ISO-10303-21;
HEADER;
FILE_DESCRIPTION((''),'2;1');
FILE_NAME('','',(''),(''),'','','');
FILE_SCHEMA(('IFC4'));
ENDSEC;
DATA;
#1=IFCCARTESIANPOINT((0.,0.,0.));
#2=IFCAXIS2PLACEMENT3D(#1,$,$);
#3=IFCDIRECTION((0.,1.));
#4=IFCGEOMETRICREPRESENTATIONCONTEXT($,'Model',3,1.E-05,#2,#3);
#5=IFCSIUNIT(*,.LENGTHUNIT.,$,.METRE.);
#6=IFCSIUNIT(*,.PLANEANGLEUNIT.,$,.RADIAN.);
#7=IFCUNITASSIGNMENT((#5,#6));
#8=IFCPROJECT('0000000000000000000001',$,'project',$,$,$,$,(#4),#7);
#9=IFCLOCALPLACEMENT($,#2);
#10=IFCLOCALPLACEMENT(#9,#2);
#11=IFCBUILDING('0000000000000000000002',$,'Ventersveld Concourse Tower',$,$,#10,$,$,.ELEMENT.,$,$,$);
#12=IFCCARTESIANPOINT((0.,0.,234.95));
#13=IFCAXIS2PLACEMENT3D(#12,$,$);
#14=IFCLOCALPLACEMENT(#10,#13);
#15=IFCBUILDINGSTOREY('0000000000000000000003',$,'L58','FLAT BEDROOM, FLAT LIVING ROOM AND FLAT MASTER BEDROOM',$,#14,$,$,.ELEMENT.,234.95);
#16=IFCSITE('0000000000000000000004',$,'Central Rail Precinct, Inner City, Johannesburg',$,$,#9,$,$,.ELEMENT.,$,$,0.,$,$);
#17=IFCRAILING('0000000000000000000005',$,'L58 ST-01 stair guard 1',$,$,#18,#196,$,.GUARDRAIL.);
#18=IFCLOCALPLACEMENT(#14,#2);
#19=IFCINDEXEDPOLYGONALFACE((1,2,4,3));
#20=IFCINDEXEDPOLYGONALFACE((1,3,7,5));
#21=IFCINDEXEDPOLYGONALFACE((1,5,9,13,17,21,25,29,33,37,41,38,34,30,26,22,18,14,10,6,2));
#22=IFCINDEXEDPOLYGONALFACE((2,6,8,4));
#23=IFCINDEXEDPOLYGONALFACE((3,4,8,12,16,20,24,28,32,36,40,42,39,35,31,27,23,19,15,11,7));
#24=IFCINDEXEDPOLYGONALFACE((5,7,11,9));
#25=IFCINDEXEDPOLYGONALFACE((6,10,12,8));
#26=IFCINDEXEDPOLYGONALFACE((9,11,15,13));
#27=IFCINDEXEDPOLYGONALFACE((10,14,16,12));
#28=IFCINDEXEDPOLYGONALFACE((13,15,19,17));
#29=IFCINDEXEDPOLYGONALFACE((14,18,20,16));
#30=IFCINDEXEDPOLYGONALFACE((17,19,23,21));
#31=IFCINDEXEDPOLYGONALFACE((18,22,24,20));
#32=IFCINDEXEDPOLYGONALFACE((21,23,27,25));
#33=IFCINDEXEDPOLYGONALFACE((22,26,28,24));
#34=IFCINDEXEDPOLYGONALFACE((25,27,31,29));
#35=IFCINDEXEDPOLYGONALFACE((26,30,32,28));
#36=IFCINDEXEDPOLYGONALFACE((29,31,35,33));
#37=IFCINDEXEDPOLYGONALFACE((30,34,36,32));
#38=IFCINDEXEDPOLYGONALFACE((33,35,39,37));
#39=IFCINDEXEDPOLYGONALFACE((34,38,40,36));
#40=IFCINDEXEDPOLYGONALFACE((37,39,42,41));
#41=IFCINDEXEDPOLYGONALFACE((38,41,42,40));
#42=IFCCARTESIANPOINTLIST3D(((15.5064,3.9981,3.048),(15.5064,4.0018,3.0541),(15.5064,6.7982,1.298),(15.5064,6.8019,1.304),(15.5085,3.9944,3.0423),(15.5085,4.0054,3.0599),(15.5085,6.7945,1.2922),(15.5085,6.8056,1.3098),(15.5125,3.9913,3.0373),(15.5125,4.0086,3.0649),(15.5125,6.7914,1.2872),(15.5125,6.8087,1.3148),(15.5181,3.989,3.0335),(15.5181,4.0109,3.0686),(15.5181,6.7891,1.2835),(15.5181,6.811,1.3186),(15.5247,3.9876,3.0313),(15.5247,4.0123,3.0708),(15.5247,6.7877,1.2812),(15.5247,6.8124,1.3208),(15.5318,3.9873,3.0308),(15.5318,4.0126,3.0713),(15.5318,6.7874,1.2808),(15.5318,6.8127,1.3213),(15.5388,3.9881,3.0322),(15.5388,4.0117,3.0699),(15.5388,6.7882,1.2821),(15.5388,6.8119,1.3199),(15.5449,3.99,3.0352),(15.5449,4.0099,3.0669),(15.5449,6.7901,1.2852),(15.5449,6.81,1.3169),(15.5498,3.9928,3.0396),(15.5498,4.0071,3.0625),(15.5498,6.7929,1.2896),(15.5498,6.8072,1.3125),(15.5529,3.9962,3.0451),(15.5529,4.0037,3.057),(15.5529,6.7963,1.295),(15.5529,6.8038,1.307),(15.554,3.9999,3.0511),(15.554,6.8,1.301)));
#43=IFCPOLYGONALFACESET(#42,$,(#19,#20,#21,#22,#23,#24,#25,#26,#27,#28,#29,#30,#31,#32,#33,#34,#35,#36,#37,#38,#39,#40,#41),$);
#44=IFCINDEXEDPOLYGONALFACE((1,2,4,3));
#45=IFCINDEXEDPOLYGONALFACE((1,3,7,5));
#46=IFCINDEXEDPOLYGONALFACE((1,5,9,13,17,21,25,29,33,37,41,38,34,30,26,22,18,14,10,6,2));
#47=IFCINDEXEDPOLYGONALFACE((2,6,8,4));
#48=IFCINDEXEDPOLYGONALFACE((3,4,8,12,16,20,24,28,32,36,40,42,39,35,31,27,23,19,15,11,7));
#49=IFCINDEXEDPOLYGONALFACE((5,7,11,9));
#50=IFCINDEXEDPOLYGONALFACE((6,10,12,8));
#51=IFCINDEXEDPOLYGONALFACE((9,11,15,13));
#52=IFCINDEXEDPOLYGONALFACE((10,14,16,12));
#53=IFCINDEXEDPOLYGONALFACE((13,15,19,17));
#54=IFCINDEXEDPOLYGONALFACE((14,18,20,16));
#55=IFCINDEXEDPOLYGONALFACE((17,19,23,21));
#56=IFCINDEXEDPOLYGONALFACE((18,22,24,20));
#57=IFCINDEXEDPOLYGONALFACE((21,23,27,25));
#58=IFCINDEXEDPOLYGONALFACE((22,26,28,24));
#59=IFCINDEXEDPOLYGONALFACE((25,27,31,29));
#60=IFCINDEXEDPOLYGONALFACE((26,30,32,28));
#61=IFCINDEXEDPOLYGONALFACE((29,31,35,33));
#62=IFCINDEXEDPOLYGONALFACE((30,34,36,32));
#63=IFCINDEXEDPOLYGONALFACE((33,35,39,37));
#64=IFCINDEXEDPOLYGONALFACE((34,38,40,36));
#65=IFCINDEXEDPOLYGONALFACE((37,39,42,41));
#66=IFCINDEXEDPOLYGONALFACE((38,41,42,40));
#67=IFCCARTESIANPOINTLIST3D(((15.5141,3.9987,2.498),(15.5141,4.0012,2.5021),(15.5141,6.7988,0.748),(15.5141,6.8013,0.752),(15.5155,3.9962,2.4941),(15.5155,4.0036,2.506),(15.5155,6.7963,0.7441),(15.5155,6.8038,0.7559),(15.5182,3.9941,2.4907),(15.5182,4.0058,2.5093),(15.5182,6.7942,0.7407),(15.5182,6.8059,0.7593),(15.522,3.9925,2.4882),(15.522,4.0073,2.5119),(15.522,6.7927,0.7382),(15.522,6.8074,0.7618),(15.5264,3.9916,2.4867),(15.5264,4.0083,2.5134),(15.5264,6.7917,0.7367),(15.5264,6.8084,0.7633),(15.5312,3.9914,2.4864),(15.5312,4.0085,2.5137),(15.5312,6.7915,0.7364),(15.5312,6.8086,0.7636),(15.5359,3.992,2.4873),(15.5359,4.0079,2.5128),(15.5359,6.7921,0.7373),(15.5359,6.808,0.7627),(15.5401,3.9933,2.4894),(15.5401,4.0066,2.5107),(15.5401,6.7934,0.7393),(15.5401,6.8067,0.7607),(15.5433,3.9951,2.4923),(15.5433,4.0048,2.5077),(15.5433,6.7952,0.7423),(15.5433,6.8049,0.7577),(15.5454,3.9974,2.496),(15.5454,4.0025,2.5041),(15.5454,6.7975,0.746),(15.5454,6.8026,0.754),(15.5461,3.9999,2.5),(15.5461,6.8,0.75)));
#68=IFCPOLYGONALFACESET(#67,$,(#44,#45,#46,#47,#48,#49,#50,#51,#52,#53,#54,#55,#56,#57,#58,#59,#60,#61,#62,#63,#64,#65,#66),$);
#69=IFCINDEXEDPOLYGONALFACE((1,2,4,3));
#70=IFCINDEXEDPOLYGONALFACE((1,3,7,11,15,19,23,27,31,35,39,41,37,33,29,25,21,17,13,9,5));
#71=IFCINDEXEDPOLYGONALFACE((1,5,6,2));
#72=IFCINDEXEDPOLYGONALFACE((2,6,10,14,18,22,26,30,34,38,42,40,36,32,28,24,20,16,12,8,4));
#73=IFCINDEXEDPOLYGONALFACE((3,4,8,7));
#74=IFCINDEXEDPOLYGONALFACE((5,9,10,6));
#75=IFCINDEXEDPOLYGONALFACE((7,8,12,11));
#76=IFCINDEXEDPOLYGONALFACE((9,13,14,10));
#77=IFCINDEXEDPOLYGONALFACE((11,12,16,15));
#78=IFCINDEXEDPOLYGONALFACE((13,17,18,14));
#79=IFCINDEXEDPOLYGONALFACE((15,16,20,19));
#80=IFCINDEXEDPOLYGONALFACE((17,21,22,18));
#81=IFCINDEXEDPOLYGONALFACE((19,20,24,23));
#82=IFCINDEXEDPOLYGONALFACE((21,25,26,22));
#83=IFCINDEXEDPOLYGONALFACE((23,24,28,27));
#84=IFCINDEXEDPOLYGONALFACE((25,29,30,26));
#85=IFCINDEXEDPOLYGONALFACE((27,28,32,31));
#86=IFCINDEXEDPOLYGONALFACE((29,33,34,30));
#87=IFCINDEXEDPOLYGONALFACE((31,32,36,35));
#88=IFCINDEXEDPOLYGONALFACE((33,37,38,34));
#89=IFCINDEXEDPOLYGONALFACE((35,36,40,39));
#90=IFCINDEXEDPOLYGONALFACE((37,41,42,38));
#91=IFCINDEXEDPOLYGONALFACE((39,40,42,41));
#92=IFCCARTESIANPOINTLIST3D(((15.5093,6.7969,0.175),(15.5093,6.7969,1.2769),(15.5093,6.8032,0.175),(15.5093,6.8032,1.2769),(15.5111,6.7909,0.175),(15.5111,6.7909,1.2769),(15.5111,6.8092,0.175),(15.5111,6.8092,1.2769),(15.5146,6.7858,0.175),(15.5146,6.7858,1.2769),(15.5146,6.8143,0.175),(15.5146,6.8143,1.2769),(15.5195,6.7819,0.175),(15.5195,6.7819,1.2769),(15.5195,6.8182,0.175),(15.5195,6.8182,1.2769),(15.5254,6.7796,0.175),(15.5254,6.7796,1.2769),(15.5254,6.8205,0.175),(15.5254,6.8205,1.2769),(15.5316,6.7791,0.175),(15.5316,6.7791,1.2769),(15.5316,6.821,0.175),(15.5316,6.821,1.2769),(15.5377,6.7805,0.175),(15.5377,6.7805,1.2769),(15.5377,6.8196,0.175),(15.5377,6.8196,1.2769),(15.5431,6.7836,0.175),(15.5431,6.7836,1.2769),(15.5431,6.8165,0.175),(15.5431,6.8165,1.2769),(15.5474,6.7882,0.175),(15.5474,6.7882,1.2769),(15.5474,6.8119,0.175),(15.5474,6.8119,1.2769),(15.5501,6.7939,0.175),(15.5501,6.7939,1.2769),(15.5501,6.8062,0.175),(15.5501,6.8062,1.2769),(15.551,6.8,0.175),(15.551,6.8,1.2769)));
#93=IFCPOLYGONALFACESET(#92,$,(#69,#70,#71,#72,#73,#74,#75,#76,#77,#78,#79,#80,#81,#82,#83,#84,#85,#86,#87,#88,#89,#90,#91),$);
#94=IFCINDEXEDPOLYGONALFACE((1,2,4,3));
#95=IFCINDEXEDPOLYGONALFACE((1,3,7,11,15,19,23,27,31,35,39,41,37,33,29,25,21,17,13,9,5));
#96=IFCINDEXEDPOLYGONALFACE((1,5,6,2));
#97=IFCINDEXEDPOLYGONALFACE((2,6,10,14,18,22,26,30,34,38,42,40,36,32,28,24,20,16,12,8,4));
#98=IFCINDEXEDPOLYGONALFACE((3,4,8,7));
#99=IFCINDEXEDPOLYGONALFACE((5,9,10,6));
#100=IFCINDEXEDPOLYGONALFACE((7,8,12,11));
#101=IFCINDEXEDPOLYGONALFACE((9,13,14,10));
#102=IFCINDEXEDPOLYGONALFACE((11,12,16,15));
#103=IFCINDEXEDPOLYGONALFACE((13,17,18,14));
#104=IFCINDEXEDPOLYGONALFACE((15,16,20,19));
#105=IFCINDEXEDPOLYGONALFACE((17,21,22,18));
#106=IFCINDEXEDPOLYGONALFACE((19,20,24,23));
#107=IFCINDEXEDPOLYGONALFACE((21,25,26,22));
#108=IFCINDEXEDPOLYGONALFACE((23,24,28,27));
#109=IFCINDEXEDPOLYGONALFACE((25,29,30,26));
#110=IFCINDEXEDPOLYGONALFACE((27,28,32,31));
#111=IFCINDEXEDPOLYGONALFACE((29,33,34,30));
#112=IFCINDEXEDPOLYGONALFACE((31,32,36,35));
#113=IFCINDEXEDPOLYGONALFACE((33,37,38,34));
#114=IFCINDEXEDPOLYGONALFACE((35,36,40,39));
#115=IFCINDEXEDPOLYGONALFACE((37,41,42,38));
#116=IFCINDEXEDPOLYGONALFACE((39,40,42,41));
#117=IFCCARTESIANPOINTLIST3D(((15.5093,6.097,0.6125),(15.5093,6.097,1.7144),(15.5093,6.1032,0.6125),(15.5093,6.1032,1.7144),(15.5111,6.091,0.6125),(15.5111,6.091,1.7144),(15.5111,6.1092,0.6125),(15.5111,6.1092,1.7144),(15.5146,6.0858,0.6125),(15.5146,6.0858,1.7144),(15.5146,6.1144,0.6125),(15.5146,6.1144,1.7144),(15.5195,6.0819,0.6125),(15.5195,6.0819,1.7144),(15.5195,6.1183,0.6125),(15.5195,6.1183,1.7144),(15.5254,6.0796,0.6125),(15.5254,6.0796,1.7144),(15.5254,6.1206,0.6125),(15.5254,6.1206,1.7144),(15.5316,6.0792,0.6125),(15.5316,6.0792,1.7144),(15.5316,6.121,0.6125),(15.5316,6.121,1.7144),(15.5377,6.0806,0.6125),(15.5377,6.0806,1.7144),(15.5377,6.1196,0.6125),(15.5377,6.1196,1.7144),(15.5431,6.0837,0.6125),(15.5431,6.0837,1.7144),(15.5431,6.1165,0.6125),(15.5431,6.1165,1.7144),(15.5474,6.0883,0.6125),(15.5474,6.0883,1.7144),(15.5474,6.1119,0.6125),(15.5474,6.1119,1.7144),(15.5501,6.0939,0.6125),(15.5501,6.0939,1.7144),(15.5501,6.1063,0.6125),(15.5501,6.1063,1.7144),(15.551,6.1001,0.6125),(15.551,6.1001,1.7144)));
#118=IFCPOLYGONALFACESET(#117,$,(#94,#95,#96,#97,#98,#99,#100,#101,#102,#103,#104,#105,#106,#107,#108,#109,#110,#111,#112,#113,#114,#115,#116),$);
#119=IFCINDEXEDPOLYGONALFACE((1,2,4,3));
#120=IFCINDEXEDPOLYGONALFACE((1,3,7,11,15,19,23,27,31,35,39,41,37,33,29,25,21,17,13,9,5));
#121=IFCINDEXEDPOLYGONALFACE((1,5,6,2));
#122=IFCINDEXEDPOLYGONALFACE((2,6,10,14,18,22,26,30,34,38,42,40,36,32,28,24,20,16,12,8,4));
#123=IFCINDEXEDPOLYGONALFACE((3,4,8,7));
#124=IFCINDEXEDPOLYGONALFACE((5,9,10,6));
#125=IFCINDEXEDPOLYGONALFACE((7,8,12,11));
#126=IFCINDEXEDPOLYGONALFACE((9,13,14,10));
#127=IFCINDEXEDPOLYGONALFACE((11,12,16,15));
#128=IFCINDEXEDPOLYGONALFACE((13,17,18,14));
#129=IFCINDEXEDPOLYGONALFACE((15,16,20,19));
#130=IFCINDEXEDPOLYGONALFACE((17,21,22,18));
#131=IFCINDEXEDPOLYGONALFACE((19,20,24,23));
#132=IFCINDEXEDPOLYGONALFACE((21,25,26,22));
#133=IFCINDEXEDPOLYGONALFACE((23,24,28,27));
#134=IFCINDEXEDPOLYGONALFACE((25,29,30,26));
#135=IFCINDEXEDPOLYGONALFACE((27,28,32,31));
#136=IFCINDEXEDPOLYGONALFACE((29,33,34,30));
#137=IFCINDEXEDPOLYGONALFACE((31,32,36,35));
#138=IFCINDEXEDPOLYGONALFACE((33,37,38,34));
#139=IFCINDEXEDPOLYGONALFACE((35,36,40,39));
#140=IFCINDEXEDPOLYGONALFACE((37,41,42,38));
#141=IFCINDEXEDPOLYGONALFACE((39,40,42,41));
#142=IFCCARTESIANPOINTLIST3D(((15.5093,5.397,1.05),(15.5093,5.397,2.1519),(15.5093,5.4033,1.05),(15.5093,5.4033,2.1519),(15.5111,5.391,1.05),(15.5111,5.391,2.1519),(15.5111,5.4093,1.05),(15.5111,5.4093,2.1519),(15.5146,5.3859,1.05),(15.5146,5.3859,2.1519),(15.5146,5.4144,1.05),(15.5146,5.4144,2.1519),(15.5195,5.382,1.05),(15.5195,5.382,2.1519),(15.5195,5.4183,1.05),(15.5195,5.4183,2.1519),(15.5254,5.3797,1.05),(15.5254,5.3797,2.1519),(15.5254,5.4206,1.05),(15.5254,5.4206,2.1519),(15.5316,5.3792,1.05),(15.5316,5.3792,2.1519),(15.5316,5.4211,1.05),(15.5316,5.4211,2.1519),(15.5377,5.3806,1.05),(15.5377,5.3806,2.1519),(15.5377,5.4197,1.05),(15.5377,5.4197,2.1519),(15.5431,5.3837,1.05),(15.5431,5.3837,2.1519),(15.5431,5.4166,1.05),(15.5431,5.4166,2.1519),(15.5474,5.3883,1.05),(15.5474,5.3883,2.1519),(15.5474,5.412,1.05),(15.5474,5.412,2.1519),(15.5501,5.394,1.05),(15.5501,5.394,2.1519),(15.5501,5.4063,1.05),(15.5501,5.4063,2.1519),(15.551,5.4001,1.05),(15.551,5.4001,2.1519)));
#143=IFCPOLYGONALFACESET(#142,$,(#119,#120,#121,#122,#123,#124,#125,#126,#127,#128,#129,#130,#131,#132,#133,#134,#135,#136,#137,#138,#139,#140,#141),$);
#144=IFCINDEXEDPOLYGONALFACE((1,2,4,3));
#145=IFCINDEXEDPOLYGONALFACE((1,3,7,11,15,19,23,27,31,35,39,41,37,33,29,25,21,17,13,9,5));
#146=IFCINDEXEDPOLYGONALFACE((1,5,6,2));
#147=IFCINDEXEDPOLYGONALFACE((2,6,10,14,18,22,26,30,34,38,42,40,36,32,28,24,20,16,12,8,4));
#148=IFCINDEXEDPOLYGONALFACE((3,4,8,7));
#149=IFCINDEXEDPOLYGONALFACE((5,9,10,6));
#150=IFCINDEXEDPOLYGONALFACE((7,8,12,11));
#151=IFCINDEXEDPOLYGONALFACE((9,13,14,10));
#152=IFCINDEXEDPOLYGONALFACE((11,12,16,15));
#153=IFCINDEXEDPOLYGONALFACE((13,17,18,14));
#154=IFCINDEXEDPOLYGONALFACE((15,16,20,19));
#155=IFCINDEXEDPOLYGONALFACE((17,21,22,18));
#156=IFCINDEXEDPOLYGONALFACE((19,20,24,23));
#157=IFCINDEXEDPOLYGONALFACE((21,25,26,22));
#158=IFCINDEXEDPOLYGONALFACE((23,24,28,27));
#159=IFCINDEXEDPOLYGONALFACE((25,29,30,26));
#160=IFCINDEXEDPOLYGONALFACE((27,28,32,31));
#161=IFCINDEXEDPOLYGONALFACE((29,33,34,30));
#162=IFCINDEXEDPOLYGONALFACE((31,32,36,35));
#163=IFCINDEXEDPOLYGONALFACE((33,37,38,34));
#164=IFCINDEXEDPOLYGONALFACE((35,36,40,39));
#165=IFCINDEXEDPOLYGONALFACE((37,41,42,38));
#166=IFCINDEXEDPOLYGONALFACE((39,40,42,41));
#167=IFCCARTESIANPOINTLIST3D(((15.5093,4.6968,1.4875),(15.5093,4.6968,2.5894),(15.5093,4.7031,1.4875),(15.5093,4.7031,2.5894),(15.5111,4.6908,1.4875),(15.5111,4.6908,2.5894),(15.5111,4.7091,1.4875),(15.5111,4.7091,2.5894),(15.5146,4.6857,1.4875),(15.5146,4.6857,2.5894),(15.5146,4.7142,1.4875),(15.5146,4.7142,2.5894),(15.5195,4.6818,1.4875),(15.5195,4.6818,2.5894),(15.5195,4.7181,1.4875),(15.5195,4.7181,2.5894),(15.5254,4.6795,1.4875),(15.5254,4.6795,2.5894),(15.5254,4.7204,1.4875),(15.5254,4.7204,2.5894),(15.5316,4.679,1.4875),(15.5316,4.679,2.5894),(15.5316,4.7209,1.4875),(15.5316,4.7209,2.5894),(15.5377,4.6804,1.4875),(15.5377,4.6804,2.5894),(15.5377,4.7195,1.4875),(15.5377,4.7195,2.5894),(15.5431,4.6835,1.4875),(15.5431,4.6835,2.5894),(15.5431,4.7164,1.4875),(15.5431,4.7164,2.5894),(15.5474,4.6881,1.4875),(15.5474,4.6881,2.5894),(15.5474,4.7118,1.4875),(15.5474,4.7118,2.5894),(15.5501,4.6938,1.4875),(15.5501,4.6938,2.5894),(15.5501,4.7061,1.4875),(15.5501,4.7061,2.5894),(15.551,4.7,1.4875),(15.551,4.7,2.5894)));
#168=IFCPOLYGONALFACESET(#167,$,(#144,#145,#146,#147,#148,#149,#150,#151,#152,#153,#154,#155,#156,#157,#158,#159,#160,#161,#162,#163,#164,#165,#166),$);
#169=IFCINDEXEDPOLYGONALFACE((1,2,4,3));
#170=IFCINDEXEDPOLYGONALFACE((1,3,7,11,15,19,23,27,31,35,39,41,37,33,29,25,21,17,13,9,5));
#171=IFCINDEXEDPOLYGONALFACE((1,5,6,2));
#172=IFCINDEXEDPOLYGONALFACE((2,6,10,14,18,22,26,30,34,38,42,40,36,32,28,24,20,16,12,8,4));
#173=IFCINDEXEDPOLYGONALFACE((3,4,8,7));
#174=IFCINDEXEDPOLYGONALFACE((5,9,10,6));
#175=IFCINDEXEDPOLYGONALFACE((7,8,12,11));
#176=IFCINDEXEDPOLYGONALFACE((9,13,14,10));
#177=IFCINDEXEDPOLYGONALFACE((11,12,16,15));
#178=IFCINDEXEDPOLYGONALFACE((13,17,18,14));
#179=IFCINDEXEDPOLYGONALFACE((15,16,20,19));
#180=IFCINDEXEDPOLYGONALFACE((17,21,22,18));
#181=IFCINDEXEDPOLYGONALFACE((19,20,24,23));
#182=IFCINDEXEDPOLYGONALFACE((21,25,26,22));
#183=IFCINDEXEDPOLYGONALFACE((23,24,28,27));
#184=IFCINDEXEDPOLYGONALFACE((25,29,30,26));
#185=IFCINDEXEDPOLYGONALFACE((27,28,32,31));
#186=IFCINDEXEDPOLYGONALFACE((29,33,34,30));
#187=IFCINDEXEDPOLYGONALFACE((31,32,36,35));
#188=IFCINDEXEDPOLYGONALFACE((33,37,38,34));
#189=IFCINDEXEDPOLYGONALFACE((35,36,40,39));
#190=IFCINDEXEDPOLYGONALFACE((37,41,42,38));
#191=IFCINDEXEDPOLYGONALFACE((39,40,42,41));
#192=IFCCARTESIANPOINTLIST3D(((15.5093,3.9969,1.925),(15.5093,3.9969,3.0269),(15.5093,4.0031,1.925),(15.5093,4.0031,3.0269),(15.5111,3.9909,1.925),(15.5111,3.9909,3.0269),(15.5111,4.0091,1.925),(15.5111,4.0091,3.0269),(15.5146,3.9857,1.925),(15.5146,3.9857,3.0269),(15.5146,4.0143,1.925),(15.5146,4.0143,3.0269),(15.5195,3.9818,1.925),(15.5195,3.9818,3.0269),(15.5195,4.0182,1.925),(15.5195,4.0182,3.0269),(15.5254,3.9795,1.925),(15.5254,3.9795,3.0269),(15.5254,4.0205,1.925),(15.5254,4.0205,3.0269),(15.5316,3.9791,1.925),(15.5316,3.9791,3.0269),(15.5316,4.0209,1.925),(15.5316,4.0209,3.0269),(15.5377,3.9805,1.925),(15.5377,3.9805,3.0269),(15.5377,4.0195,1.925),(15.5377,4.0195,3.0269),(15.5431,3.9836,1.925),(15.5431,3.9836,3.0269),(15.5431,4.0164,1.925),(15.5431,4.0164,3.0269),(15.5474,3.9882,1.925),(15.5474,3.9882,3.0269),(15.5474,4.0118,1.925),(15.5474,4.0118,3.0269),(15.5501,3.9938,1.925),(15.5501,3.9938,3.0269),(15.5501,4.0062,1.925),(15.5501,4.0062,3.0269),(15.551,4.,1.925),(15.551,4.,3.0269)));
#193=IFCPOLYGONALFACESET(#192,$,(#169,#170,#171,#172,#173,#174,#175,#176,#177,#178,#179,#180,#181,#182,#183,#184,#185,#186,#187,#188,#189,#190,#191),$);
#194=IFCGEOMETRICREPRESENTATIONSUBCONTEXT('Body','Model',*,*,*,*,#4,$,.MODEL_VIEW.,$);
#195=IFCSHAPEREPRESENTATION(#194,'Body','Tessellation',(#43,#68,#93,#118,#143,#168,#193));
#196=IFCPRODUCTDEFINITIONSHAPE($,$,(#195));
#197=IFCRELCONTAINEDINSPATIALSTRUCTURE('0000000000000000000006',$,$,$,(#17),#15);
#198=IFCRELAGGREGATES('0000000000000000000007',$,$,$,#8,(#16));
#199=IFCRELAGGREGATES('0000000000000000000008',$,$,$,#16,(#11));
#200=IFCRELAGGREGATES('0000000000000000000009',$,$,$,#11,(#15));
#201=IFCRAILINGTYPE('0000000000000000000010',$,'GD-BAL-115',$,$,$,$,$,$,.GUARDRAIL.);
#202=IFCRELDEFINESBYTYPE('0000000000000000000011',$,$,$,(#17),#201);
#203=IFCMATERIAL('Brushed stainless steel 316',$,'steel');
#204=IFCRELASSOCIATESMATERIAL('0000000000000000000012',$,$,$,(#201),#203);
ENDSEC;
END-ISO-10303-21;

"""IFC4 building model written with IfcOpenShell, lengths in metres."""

from ifc_helpers import new_model, si_unit, direction, frame, origin, origin_2d, place, context, subcontext, project, spatial, circle, extrude, material, type_object, element, save


model = new_model("IFC4")

# Units and contexts
model_context = context("Model", 3, precision=1e-05, world=origin(), true_north=direction((0.0, 1.0)))
body_context = subcontext(model_context, "Body", "Model", "MODEL_VIEW")
ifc_project = project(units=[si_unit("LENGTHUNIT", "METRE"), si_unit("PLANEANGLEUNIT", "RADIAN")], contexts=[model_context])

# Site, building, storey
site_placement = place(None, origin())
site = spatial("IfcSite", under=ifc_project, at=site_placement, Name="Central Rail Precinct, Inner City, Johannesburg", CompositionType="ELEMENT", RefElevation=0.0)
building_placement = place(site_placement, origin())
building = spatial("IfcBuilding", under=site, at=building_placement, Name="Ventersveld Concourse Tower", CompositionType="ELEMENT")
storey_placement = place(building_placement, frame((0.0, 0.0, 234.95)))
storey = spatial("IfcBuildingStorey", under=building, at=storey_placement, Name="L58", Description="FLAT BEDROOM, FLAT LIVING ROOM AND FLAT MASTER BEDROOM", CompositionType="ELEMENT", Elevation=234.95)

# Shared definitions
ifc_material_1 = material(Name="Brushed stainless steel 316", Category="steel")

# Railing
railing_type_1 = type_object("IfcRailingType", Name="GD-BAL-115", PredefinedType="GUARDRAIL", material=ifc_material_1)
railing_1_placement = place(storey_placement, frame((15.53, 6.8, 0.175)))
element("IfcRailing", 1, at=railing_1_placement, inside=storey, type_object=railing_type_1, Name="L58 ST-01 stair guard 1", PredefinedType="GUARDRAIL", context=body_context, shape_type="SweptSolid", body=[
    extrude(circle(Radius=0.0239, at=origin_2d()), frame((0.0, 0.0, 1.126), z_axis=(0.0, -0.848002, 0.529992), x_axis=(1.0, 0.0, 0.0)), (0.0, 0.0, 1.0), 3.302),
    extrude(circle(Radius=0.0161, at=origin_2d()), frame((0.0, 0.0, 0.575), z_axis=(0.0, -0.848002, 0.529992), x_axis=(1.0, 0.0, 0.0)), (0.0, 0.0, 1.0), 3.302),
    extrude(circle(Radius=0.021, at=origin_2d()), origin(), (0.0, 0.0, 1.0), 1.1018),
    extrude(circle(Radius=0.021, at=origin_2d()), frame((0.0, -0.7, 0.4375)), (0.0, 0.0, 1.0), 1.1018),
    extrude(circle(Radius=0.021, at=origin_2d()), frame((0.0, -1.3999, 0.875)), (0.0, 0.0, 1.0), 1.1018),
    extrude(circle(Radius=0.021, at=origin_2d()), frame((0.0, -2.1001, 1.3125)), (0.0, 0.0, 1.0), 1.1018),
    extrude(circle(Radius=0.021, at=origin_2d()), frame((0.0, -2.8, 1.75)), (0.0, 0.0, 1.0), 1.1018),
])

save(model, "model.ifc")
